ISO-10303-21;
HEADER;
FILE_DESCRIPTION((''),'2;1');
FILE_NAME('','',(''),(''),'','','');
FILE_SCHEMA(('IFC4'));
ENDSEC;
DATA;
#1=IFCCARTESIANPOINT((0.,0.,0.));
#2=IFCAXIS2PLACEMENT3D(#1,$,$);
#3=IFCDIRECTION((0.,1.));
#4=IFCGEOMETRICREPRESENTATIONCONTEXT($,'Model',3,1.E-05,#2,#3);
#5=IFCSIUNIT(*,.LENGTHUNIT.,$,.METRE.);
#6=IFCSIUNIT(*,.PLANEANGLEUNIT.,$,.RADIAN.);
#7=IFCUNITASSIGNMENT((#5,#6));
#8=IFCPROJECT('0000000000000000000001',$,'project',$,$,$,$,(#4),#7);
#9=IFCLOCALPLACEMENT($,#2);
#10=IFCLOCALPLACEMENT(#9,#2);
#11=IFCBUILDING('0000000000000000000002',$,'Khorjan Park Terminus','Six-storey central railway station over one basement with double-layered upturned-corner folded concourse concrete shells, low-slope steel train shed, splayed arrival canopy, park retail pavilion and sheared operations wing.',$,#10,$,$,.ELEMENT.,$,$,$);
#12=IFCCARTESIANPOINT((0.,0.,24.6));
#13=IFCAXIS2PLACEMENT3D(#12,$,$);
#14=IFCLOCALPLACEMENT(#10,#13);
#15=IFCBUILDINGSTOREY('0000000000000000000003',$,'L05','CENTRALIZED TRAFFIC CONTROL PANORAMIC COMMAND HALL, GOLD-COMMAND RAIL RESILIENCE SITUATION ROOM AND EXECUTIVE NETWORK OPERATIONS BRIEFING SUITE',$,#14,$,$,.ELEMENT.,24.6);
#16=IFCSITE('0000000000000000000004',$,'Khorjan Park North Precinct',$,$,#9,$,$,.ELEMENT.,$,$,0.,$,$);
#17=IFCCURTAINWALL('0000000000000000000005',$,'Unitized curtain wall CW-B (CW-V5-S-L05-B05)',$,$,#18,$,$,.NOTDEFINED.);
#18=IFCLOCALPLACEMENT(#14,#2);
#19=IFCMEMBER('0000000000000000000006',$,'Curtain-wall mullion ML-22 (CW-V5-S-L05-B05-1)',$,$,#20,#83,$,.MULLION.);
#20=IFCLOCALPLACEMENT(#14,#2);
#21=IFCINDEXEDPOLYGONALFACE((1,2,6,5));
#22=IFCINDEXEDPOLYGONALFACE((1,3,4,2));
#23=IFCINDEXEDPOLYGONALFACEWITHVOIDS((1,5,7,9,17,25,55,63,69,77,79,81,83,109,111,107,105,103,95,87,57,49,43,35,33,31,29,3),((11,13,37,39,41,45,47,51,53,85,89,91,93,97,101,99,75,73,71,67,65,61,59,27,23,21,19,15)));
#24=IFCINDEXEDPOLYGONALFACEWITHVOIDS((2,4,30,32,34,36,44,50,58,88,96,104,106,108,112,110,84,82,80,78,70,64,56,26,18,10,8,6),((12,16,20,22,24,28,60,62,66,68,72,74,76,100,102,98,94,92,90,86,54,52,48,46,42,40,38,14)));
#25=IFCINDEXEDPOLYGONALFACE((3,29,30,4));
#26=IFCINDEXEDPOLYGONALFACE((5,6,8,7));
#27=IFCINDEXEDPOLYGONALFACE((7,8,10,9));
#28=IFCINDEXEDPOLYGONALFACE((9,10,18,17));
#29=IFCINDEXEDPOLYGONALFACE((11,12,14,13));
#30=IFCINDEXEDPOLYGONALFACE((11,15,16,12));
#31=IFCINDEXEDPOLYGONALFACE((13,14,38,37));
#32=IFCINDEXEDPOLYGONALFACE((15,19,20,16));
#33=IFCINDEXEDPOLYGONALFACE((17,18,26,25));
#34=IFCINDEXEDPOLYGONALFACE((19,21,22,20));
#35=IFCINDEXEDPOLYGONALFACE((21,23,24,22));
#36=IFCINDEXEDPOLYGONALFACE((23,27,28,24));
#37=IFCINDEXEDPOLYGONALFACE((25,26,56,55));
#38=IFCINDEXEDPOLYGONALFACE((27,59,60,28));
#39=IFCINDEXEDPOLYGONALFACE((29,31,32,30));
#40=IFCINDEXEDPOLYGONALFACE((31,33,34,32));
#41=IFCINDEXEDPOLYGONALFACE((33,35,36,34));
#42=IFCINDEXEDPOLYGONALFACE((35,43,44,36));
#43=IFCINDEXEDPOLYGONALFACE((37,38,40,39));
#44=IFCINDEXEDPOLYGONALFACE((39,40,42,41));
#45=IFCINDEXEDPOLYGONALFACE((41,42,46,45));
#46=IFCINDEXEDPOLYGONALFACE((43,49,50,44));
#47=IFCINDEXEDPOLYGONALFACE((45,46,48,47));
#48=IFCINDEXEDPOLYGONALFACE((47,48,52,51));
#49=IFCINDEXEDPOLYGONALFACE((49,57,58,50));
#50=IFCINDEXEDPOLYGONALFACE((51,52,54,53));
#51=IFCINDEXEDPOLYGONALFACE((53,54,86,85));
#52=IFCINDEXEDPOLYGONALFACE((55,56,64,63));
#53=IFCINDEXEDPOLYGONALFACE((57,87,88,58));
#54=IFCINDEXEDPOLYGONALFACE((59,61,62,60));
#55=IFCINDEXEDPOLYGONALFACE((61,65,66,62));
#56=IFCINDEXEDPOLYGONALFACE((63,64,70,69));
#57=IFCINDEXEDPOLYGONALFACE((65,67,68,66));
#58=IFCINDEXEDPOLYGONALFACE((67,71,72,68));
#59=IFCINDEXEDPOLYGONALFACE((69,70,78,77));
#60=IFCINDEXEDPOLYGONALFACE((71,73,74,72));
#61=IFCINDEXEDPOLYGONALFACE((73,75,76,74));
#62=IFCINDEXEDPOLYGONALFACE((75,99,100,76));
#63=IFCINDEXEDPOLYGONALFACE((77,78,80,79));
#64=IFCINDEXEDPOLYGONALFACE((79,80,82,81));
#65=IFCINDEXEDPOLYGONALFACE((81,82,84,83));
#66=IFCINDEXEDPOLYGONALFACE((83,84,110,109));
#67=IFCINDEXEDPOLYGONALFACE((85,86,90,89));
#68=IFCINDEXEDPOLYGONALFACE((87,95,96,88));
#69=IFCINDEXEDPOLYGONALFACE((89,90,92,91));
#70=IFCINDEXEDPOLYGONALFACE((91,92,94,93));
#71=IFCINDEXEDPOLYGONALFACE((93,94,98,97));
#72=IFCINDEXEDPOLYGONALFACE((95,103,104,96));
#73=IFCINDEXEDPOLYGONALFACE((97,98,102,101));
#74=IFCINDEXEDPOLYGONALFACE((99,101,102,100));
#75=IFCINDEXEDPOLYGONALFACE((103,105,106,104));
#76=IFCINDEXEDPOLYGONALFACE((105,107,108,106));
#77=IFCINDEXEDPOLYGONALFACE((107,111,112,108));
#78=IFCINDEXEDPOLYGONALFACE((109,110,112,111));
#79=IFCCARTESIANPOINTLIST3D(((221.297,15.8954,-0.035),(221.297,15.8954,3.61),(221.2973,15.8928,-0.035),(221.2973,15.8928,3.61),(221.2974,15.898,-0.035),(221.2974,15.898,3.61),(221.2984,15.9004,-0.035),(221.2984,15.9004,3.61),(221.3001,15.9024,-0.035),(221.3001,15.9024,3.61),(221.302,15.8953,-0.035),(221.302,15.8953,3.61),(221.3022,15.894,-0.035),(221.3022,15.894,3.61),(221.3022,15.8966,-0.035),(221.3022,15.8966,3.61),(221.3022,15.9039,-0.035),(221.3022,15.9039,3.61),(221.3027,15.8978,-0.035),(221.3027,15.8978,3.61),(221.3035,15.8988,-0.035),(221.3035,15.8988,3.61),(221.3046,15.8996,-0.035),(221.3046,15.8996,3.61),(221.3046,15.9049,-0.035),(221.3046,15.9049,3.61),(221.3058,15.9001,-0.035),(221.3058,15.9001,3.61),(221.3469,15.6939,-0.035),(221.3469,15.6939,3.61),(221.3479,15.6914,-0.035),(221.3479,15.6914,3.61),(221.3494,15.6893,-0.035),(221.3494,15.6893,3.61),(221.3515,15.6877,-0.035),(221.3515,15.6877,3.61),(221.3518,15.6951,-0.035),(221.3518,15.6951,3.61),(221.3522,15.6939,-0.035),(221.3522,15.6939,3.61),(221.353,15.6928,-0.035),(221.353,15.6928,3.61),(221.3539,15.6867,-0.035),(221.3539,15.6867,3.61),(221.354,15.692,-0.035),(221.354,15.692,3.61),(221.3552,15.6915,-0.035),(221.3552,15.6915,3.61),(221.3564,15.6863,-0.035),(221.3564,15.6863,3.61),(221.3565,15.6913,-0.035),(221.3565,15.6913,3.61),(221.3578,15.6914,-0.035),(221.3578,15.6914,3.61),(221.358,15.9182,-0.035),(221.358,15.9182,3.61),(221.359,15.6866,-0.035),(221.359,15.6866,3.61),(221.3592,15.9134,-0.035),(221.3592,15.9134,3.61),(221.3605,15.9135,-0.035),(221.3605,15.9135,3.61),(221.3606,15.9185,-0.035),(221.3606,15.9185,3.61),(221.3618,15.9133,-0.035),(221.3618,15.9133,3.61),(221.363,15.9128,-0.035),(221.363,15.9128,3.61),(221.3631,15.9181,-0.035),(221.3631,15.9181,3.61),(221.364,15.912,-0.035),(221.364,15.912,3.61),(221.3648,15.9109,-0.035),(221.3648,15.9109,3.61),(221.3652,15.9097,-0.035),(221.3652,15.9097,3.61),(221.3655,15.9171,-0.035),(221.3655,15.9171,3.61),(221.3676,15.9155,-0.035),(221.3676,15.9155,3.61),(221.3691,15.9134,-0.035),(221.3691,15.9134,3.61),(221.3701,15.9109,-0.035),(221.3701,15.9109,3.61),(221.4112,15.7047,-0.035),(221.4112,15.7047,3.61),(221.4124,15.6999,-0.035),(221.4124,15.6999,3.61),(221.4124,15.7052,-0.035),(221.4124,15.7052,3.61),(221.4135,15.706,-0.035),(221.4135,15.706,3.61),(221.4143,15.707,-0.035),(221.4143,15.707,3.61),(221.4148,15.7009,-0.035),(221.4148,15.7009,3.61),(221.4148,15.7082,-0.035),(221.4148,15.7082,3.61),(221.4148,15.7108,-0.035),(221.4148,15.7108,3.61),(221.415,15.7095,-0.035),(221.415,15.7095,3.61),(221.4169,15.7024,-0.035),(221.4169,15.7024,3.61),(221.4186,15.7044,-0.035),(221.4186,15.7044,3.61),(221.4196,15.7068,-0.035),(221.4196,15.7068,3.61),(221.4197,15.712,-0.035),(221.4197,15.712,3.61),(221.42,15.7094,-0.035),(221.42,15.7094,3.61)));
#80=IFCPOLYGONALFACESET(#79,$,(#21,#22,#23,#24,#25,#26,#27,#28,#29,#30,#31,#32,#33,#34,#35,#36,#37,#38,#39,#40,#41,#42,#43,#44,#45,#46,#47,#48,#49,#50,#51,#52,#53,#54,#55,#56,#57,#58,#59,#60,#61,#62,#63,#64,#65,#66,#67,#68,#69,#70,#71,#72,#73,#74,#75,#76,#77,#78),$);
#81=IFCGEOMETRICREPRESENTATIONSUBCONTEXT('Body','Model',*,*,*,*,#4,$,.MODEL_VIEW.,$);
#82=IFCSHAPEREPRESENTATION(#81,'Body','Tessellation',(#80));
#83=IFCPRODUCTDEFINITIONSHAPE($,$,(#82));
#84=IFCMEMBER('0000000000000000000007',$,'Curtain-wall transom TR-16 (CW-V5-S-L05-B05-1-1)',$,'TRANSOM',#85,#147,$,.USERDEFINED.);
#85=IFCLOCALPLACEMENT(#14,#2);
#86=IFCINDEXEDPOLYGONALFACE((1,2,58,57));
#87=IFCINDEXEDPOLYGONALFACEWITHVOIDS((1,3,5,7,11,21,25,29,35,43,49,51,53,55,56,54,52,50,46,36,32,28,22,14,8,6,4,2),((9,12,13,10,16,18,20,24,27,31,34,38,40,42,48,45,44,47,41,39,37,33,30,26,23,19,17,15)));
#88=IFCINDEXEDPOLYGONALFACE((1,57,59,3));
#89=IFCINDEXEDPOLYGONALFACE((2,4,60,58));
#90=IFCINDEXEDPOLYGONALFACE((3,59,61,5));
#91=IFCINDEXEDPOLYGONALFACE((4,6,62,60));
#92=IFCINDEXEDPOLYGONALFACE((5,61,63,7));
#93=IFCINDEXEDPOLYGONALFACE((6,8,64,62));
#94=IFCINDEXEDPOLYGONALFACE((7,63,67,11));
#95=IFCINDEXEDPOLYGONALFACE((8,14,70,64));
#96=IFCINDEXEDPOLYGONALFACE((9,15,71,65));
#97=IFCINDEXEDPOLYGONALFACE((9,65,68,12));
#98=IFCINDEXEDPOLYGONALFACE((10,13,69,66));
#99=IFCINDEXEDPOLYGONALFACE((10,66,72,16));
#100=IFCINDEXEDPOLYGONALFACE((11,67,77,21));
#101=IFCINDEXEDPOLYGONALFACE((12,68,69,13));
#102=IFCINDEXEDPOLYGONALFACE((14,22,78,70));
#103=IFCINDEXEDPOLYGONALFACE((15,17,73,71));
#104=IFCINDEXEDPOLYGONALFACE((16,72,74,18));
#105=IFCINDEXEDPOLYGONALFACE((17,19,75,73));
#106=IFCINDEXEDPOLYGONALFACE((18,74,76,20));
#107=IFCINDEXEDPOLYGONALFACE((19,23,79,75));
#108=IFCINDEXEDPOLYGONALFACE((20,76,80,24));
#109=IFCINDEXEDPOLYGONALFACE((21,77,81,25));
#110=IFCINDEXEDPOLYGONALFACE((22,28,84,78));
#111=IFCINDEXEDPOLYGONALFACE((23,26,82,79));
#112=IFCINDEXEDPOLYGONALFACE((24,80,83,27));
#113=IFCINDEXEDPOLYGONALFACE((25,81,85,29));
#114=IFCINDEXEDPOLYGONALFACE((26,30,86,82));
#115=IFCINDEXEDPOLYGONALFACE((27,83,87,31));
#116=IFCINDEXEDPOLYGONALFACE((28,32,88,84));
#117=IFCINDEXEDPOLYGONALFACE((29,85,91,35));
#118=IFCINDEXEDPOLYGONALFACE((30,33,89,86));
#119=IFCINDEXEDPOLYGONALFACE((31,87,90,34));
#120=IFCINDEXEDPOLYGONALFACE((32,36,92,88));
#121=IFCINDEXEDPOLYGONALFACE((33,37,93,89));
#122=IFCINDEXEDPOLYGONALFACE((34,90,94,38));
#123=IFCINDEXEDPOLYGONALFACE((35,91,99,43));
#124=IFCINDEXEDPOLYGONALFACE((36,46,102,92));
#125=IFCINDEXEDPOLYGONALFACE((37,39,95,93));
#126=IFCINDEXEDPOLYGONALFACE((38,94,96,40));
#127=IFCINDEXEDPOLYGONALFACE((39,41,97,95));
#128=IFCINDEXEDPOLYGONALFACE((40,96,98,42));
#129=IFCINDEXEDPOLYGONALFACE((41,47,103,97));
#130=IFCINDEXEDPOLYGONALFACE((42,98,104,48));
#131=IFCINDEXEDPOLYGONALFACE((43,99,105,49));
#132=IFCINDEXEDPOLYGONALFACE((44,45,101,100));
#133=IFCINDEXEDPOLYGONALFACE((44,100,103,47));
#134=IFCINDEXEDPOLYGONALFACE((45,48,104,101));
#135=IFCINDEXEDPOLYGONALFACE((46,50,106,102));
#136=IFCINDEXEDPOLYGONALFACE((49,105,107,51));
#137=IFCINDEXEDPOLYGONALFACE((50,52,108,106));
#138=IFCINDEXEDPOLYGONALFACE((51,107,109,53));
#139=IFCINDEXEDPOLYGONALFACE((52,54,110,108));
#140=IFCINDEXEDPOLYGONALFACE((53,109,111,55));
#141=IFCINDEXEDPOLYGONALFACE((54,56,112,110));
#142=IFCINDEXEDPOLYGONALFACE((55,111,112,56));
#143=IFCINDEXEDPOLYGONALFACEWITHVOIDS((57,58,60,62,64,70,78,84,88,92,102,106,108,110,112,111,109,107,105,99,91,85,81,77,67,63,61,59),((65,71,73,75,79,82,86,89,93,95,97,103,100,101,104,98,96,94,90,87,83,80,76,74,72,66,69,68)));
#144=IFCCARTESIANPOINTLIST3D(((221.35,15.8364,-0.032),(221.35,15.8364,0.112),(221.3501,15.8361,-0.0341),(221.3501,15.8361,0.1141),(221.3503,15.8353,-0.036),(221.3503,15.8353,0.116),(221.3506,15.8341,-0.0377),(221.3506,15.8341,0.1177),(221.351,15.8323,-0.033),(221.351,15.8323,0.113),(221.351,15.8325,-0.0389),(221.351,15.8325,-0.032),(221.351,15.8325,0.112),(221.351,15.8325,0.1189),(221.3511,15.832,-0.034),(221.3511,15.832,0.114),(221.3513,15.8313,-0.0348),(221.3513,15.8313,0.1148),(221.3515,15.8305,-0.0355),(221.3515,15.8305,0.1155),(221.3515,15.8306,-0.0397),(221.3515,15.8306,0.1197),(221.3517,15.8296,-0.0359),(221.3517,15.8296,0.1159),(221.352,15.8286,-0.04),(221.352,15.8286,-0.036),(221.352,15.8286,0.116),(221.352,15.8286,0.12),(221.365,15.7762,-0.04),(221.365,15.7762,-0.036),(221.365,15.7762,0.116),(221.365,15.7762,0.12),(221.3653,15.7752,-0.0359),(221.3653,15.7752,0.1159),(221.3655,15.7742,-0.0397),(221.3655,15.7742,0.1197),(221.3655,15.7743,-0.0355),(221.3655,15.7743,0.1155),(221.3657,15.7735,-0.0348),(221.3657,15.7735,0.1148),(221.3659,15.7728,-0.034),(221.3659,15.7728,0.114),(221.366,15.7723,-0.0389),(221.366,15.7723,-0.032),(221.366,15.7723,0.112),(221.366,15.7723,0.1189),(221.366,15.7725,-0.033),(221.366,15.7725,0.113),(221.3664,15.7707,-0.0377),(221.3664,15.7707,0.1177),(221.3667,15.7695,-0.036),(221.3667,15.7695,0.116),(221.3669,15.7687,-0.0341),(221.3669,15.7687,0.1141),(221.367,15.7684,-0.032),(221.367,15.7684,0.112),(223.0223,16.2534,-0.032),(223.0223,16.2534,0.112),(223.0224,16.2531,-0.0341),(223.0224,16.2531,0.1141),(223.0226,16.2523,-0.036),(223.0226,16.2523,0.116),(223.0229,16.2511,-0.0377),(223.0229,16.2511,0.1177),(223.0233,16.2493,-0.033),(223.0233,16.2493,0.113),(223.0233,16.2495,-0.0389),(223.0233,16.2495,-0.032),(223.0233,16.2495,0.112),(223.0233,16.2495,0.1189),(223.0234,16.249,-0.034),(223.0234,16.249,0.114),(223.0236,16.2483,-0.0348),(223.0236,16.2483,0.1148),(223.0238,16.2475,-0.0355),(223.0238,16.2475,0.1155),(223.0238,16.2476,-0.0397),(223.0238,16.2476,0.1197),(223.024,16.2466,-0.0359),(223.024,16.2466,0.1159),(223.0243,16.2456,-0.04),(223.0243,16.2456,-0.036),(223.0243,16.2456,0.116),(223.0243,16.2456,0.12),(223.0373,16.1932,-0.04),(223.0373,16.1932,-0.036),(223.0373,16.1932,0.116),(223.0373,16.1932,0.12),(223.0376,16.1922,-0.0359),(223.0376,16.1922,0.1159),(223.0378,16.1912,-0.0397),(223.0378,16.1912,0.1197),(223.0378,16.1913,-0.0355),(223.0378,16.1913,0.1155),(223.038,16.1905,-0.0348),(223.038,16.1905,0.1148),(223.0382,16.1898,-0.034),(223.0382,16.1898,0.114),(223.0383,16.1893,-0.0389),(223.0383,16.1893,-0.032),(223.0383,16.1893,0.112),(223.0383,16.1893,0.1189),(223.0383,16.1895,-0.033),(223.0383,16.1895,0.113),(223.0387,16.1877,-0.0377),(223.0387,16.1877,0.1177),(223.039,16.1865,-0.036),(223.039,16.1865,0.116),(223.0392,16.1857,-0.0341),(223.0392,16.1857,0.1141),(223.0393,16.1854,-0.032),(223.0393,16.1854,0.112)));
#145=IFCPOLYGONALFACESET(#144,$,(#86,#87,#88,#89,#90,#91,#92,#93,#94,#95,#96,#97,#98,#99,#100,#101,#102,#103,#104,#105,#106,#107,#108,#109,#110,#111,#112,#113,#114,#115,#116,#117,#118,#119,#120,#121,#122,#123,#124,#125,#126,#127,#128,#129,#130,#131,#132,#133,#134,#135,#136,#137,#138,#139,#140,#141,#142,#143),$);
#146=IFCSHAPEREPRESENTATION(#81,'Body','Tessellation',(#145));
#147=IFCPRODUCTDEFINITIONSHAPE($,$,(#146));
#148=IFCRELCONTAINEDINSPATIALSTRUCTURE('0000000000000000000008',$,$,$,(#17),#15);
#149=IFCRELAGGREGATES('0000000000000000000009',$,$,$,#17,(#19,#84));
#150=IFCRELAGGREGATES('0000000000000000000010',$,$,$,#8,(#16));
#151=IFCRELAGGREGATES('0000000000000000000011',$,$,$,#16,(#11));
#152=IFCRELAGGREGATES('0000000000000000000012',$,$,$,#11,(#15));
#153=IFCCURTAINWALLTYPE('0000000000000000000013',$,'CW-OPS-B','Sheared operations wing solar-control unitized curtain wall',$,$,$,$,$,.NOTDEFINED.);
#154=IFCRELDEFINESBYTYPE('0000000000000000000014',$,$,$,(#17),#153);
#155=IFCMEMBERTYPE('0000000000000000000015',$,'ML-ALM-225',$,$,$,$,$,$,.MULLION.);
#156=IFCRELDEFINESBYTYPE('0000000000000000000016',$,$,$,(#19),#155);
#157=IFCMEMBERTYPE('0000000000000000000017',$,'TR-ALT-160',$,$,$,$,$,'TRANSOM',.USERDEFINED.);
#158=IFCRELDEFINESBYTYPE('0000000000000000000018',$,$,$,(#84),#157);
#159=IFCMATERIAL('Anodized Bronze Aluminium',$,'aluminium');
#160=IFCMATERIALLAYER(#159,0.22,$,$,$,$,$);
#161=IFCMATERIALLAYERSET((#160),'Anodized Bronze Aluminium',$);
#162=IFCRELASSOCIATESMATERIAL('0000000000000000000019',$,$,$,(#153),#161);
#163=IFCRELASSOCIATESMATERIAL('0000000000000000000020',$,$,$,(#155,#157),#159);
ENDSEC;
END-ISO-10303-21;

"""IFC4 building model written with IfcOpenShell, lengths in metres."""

from ifc_helpers import new_model, si_unit, direction, frame, origin, origin_2d, place, context, subcontext, project, spatial, hollow_rectangle, extrude, material, layer, layer_set, material_profile, profile_set, type_object, element, aggregate, save


model = new_model("IFC4")

# Units and contexts
model_context = context("Model", 3, precision=1e-05, world=origin(), true_north=direction((0.0, 1.0)))
body_context = subcontext(model_context, "Body", "Model", "MODEL_VIEW")
ifc_project = project(units=[si_unit("LENGTHUNIT", "METRE"), si_unit("PLANEANGLEUNIT", "RADIAN")], contexts=[model_context])

# Site, building, storey
site_placement = place(None, origin())
site = spatial("IfcSite", under=ifc_project, at=site_placement, Name="Khorjan Park North Precinct", CompositionType="ELEMENT", RefElevation=0.0)
building_placement = place(site_placement, origin())
building = spatial("IfcBuilding", under=site, at=building_placement, Name="Khorjan Park Terminus", Description="Six-storey central railway station over one basement with double-layered upturned-corner folded concourse concrete shells, low-slope steel train shed, splayed arrival canopy, park retail pavilion and sheared operations wing.", CompositionType="ELEMENT")
storey_placement = place(building_placement, frame((0.0, 0.0, 24.6)))
storey = spatial("IfcBuildingStorey", under=building, at=storey_placement, Name="L05", Description="CENTRALIZED TRAFFIC CONTROL PANORAMIC COMMAND HALL, GOLD-COMMAND RAIL RESILIENCE SITUATION ROOM AND EXECUTIVE NETWORK OPERATIONS BRIEFING SUITE", CompositionType="ELEMENT", Elevation=24.6)

# Curtain wall, members
ifc_material_1 = material(Name="Anodized Bronze Aluminium", Category="aluminium")
ifc_layer_1 = layer(ifc_material_1, 0.22)
ifc_layer_set_1 = layer_set([ifc_layer_1], Name="Anodized Bronze Aluminium")
curtain_wall_type = type_object("IfcCurtainWallType", Name="CW-OPS-B", Description="Sheared operations wing solar-control unitized curtain wall", PredefinedType="NOTDEFINED", material=ifc_layer_set_1)
curtain_wall_placement = place(storey_placement, origin())
curtain_wall = element("IfcCurtainWall", 1, at=curtain_wall_placement, inside=storey, type_object=curtain_wall_type, Name="Unitized curtain wall CW-B (CW-V5-S-L05-B05)", PredefinedType="NOTDEFINED")
ifc_material_profile_1 = material_profile(ifc_material_1, hollow_rectangle(XDim=0.075, YDim=0.225, WallThickness=0.005, InnerFilletRadius=0.005, OuterFilletRadius=0.01, at=origin_2d()), Name="ALM 75x225x5")
ifc_profile_set_1 = profile_set([ifc_material_profile_1], Name="Anodized Bronze Aluminium")
member_type_1 = type_object("IfcMemberType", Name="ML-ALM-225", PredefinedType="MULLION", material=ifc_profile_set_1)
member_1_placement = place(storey_placement, frame((221.3585, 15.8024, -0.035), z_axis=(0.0, 0.0, 1.0), x_axis=(0.970296, 0.241919, 0.0)))
member_1 = element("IfcMember", 2, at=member_1_placement, type_object=member_type_1, Name="Curtain-wall mullion ML-22 (CW-V5-S-L05-B05-1)", PredefinedType="MULLION", context=body_context, shape_type="SweptSolid", body=[
    extrude(hollow_rectangle(XDim=0.075, YDim=0.225, WallThickness=0.005, InnerFilletRadius=0.005, OuterFilletRadius=0.01, at=origin_2d()), origin(), (0.0, 0.0, 1.0), 3.645),
])
ifc_material_profile_2 = material_profile(ifc_material_1, hollow_rectangle(XDim=0.07, YDim=0.16, WallThickness=0.004, InnerFilletRadius=0.004, OuterFilletRadius=0.008, at=origin_2d()), Name="ALT 70x160x4")
ifc_profile_set_2 = profile_set([ifc_material_profile_2], Name="Anodized Bronze Aluminium")
member_type_2 = type_object("IfcMemberType", Name="TR-ALT-160", ElementType="TRANSOM", PredefinedType="USERDEFINED", material=ifc_profile_set_2)
member_2_placement = place(storey_placement, frame((221.3585, 15.8024, 0.04), z_axis=(0.970289, 0.241949, 0.0), x_axis=(-0.241949, 0.970289, 0.0)))
member_2 = element("IfcMember", 3, at=member_2_placement, type_object=member_type_2, Name="Curtain-wall transom TR-16 (CW-V5-S-L05-B05-1-1)", ObjectType="TRANSOM", PredefinedType="USERDEFINED", context=body_context, shape_type="SweptSolid", body=[
    extrude(hollow_rectangle(XDim=0.07, YDim=0.16, WallThickness=0.004, InnerFilletRadius=0.004, OuterFilletRadius=0.008, at=origin_2d()), origin(), (0.0, 0.0, 1.0), 1.7235),
])
aggregate(curtain_wall, [member_1, member_2])

save(model, "model.ifc")
